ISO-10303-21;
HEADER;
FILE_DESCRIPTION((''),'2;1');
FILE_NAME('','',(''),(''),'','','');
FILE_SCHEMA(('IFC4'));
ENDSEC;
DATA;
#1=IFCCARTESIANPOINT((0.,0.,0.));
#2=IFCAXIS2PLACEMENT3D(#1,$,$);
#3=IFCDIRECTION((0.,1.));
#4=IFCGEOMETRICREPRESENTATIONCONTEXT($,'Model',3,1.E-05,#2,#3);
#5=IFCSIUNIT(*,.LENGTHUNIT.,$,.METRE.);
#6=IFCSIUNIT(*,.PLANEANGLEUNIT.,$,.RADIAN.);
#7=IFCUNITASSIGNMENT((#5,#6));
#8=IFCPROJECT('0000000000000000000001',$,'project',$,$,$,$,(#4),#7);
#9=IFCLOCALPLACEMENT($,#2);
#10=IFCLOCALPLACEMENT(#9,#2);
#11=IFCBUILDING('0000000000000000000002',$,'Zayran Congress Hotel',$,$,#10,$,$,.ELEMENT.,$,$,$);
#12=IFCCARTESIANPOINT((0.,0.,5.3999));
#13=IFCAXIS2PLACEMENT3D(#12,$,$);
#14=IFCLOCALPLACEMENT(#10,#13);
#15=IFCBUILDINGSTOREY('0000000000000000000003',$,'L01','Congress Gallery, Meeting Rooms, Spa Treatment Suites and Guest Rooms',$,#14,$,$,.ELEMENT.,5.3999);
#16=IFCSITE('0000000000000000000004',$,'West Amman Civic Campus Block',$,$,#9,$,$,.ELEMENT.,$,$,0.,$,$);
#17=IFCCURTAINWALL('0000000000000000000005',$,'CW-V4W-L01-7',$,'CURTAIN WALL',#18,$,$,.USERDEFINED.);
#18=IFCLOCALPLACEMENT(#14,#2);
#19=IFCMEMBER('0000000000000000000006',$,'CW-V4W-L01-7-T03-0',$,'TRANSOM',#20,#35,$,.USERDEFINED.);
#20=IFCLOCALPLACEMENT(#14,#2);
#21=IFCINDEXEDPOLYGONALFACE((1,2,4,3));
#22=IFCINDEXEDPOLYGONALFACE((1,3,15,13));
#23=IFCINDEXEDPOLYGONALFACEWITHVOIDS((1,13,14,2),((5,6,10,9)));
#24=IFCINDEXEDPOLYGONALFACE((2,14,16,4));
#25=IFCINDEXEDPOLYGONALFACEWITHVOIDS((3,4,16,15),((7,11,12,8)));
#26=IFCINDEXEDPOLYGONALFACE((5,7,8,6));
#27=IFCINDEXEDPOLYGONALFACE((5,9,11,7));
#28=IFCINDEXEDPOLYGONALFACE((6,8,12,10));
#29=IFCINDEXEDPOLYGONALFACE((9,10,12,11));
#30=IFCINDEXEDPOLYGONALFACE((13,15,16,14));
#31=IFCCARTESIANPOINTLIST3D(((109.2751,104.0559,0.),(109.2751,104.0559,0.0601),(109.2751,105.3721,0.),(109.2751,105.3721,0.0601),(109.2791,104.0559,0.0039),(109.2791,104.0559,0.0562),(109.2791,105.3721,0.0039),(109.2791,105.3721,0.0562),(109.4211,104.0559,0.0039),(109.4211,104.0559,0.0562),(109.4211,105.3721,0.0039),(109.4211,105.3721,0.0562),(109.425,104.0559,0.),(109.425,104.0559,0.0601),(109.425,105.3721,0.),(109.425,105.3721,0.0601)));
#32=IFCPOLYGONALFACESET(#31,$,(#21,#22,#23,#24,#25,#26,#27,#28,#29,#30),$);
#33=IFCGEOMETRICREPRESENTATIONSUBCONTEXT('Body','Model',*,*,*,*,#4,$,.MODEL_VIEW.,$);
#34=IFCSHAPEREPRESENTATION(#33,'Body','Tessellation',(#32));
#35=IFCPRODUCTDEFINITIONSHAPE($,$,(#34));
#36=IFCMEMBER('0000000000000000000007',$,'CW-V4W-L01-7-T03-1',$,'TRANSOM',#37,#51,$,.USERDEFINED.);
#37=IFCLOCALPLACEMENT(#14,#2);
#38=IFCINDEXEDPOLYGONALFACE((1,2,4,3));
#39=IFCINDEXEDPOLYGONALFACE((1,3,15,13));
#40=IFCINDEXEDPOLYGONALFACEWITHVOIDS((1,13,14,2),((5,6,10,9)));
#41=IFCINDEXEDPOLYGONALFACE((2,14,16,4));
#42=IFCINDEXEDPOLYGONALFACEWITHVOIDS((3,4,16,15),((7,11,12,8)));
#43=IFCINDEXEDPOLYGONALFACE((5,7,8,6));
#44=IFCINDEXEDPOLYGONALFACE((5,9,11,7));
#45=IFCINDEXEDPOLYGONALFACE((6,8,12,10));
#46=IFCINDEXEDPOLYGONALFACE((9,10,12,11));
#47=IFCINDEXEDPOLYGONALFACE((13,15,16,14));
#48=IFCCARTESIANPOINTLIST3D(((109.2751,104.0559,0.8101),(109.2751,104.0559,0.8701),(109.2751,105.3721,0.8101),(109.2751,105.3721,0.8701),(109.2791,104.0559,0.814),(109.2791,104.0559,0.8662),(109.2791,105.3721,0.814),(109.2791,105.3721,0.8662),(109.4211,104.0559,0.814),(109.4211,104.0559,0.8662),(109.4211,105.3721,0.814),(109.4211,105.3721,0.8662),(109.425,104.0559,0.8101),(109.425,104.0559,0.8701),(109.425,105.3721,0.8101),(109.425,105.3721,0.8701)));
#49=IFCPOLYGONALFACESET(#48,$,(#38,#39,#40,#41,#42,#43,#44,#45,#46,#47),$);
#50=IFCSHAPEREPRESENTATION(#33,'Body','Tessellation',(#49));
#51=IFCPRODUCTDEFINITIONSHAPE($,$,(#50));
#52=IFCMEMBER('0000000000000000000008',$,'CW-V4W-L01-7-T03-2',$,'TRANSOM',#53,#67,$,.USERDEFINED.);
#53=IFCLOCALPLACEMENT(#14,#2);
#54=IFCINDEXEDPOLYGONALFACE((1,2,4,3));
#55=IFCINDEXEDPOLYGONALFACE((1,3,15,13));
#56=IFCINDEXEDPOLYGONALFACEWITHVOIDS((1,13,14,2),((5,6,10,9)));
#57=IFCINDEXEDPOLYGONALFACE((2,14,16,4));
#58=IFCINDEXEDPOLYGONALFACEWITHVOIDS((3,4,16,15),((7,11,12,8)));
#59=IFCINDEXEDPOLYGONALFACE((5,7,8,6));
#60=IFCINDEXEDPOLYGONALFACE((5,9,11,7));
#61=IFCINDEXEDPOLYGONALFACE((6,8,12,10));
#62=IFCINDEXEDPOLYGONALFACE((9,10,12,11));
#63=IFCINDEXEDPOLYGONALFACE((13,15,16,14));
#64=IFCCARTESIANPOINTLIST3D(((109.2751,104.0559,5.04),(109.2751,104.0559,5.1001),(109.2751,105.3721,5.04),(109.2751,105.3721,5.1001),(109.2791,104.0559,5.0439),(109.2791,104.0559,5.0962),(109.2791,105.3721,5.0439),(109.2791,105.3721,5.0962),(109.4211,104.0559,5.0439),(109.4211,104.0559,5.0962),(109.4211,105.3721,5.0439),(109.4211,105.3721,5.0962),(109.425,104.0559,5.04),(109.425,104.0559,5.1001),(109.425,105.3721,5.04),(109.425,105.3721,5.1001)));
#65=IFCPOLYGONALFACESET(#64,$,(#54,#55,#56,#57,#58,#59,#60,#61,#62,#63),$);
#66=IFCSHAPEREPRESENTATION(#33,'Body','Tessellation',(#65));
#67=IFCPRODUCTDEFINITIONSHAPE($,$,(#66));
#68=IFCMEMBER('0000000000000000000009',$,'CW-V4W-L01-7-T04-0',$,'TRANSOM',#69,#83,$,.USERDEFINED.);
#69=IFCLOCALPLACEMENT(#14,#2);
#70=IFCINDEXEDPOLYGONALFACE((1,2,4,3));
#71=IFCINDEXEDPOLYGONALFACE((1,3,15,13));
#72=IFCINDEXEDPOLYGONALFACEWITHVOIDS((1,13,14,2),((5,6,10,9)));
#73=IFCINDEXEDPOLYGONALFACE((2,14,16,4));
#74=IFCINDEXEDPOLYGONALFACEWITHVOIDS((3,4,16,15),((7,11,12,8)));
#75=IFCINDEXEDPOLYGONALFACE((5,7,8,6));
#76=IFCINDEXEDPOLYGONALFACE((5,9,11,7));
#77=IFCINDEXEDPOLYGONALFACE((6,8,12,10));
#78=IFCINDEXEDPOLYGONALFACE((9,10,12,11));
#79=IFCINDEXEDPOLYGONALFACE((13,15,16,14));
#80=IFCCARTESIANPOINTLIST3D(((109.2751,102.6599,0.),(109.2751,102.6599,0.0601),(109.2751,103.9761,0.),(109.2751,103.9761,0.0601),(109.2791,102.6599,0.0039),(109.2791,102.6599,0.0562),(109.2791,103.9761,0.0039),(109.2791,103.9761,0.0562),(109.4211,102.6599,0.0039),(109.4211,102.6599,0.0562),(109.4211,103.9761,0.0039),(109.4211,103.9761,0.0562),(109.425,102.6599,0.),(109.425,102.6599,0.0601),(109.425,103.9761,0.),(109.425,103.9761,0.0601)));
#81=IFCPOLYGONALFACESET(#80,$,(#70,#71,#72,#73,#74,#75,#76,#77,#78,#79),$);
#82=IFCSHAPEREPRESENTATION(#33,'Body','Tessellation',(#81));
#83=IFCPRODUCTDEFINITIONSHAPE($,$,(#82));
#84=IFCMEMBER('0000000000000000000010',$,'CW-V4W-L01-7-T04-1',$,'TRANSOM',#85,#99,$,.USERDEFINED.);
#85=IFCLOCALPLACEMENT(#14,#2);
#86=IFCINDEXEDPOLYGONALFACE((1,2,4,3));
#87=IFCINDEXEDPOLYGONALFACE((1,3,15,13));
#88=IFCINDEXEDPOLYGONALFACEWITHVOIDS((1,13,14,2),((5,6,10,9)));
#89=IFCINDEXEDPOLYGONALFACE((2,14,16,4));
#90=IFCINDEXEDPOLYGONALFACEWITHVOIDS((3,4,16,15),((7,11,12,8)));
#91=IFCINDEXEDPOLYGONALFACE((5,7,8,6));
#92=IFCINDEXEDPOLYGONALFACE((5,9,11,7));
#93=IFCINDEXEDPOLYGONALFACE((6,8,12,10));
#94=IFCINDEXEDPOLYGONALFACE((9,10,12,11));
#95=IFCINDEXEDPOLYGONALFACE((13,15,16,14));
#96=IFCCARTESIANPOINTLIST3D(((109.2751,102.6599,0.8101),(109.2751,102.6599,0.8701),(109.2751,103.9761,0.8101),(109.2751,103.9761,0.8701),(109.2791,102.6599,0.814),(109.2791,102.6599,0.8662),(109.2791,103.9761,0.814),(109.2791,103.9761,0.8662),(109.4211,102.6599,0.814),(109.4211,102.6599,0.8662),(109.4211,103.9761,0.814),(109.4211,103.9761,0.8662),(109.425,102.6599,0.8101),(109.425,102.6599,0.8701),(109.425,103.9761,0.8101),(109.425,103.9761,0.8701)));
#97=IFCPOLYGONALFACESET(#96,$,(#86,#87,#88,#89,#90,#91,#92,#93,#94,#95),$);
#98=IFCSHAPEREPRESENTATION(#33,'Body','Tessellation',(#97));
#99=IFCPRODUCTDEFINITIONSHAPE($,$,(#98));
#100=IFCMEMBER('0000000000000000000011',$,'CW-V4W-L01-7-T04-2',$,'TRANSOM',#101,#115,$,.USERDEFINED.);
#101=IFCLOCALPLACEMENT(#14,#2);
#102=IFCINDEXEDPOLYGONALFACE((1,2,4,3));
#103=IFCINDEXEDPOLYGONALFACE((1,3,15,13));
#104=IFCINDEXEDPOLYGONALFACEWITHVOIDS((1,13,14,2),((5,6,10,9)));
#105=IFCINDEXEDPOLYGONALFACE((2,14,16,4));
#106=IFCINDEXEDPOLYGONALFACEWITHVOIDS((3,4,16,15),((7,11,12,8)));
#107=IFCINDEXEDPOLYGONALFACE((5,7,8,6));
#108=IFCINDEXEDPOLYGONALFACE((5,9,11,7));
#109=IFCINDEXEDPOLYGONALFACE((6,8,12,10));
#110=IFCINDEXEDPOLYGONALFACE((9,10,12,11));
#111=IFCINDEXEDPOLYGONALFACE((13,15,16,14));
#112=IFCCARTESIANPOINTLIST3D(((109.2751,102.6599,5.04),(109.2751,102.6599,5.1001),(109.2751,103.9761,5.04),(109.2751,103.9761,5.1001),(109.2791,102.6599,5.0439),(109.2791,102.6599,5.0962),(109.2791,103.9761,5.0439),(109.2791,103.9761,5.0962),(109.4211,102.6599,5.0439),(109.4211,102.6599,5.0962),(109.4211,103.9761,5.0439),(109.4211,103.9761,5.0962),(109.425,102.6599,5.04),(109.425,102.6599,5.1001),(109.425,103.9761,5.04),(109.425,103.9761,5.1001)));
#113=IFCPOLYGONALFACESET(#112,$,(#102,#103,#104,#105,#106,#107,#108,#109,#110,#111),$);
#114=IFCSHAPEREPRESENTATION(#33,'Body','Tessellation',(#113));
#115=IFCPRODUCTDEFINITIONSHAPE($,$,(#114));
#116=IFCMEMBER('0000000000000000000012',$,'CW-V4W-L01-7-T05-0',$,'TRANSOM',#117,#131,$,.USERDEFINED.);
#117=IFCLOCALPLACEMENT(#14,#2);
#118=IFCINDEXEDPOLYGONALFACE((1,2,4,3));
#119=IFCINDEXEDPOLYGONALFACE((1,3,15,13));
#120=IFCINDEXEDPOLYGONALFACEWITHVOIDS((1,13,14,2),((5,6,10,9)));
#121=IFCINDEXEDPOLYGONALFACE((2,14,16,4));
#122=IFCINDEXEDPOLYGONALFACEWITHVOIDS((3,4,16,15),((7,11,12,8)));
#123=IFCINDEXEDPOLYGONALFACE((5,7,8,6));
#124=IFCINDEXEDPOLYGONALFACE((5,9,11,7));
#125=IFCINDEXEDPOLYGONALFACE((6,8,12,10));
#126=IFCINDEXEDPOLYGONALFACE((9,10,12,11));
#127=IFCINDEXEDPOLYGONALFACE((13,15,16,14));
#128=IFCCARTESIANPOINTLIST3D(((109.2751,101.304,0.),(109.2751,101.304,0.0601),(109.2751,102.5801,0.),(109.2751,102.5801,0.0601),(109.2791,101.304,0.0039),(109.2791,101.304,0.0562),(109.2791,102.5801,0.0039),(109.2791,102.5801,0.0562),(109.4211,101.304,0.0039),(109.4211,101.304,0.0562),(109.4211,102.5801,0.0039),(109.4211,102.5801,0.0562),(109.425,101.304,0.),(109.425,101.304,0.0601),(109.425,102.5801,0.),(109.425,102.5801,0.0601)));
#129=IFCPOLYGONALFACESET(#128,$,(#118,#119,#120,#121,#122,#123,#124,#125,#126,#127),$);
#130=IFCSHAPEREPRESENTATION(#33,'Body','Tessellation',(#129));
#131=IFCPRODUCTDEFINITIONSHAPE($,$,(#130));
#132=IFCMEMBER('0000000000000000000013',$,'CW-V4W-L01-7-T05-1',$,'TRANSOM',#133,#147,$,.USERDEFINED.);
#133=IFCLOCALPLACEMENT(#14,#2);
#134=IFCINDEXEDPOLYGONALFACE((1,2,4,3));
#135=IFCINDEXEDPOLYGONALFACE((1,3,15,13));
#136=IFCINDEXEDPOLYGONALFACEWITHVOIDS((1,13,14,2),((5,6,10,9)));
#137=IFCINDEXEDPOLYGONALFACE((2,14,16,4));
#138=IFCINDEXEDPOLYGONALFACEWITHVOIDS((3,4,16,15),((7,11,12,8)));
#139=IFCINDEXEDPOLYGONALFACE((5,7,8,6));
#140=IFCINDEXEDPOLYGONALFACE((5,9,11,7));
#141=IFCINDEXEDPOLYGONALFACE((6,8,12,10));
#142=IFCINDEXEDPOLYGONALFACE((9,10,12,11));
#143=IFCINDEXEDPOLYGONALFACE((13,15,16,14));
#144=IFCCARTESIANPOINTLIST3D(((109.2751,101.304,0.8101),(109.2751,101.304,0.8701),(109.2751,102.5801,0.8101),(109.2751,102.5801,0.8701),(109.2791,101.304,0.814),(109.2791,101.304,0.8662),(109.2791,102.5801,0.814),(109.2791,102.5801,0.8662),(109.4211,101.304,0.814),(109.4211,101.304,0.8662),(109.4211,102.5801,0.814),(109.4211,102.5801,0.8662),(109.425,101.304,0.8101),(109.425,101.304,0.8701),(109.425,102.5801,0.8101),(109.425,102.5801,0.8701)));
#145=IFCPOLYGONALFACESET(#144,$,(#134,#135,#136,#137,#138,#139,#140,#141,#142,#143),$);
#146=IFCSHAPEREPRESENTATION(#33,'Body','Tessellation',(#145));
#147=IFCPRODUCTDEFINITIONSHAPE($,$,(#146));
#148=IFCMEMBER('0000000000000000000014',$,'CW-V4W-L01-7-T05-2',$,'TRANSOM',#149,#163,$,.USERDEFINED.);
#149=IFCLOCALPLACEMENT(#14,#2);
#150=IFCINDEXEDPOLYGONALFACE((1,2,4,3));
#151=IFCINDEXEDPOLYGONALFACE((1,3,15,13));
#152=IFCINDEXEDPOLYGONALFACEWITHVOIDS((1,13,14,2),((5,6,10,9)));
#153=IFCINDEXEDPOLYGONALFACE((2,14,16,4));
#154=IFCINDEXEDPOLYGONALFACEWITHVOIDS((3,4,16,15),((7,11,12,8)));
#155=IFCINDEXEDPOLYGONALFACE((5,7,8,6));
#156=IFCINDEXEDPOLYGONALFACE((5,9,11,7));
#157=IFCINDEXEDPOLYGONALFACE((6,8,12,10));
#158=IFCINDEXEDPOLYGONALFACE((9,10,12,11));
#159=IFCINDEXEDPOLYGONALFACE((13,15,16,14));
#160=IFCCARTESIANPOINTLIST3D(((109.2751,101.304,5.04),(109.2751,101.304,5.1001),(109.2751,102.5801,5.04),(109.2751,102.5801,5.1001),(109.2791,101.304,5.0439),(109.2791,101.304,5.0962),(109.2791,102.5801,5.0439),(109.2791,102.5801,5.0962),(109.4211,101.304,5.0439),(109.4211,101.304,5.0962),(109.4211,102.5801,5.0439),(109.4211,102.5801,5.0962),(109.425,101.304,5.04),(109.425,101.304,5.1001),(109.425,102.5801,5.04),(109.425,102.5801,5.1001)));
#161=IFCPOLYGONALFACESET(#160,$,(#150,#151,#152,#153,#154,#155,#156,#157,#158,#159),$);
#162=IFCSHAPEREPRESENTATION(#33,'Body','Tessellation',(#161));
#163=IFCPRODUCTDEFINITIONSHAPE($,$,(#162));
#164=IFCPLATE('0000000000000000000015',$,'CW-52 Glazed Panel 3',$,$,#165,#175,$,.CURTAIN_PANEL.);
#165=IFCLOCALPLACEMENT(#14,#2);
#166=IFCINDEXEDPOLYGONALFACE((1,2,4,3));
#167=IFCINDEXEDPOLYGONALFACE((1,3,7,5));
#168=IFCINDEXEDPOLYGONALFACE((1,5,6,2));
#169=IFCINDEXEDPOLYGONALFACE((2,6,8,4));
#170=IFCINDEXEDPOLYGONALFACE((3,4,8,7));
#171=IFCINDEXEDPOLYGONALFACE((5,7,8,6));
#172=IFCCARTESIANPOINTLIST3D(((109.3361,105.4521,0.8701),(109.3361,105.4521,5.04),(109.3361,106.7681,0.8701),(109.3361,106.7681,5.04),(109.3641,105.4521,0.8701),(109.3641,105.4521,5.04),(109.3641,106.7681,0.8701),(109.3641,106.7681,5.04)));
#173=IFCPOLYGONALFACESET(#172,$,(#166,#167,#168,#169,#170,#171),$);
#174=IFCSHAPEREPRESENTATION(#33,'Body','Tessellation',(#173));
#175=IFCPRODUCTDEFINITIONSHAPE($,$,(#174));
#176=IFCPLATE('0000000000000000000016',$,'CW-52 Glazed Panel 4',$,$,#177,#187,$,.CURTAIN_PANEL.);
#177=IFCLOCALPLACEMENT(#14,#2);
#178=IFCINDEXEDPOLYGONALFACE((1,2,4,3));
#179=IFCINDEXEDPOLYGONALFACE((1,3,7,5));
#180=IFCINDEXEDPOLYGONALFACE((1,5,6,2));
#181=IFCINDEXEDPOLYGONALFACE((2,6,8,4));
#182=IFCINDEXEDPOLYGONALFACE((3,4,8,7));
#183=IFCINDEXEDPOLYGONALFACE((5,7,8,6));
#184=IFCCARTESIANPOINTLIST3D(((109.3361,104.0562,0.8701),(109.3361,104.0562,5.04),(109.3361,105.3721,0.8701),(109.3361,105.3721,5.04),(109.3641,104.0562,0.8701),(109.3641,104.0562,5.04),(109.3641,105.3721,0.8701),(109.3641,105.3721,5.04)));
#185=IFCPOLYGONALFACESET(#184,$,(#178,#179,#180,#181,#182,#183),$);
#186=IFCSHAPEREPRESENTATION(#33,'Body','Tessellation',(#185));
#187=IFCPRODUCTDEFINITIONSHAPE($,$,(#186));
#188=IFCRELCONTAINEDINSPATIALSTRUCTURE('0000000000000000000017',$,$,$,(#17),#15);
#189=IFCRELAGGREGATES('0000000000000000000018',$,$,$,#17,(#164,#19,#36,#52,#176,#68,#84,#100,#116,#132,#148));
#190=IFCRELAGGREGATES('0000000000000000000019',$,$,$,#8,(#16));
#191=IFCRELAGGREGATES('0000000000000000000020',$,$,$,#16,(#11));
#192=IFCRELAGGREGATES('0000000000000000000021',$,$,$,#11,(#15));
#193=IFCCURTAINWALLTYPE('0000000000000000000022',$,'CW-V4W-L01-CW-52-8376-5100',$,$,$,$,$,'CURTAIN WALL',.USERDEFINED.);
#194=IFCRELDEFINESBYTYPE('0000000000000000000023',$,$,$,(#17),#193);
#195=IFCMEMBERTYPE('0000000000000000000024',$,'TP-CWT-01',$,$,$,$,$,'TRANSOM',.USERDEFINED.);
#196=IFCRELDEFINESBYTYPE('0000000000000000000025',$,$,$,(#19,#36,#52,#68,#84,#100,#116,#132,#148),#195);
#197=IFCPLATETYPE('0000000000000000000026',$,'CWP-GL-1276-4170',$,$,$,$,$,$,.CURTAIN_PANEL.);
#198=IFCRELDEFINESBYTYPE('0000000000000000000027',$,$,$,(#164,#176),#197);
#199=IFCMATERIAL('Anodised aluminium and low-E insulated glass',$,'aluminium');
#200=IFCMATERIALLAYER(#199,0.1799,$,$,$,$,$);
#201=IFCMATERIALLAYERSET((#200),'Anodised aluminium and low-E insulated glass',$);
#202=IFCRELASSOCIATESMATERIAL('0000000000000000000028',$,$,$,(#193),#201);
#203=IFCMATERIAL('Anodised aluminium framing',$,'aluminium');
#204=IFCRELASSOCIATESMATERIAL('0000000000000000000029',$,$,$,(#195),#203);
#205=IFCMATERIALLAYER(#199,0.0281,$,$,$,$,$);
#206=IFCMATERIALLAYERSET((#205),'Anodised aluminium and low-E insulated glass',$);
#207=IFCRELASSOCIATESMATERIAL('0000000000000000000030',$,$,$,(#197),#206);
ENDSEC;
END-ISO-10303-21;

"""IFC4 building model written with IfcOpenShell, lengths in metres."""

from ifc_helpers import new_model, si_unit, direction, frame, origin, origin_2d, place, context, subcontext, project, spatial, rectangle, hollow_rectangle, extrude, material, layer, layer_set, material_profile, profile_set, type_object, element, aggregate, save


model = new_model("IFC4")

# Units and contexts
model_context = context("Model", 3, precision=1e-05, world=origin(), true_north=direction((0.0, 1.0)))
body_context = subcontext(model_context, "Body", "Model", "MODEL_VIEW")
ifc_project = project(units=[si_unit("LENGTHUNIT", "METRE"), si_unit("PLANEANGLEUNIT", "RADIAN")], contexts=[model_context])

# Site, building, storey
site_placement = place(None, origin())
site = spatial("IfcSite", under=ifc_project, at=site_placement, Name="West Amman Civic Campus Block", CompositionType="ELEMENT", RefElevation=0.0)
building_placement = place(site_placement, origin())
building = spatial("IfcBuilding", under=site, at=building_placement, Name="Zayran Congress Hotel", CompositionType="ELEMENT")
storey_placement = place(building_placement, frame((0.0, 0.0, 5.3999)))
storey = spatial("IfcBuildingStorey", under=building, at=storey_placement, Name="L01", Description="Congress Gallery, Meeting Rooms, Spa Treatment Suites and Guest Rooms", CompositionType="ELEMENT", Elevation=5.3999)

# Curtain wall
ifc_material_1 = material(Name="Anodised aluminium and low-E insulated glass", Category="aluminium")
ifc_material_2 = material(Name="Anodised aluminium framing", Category="aluminium")
ifc_layer_1 = layer(ifc_material_1, 0.1799)
ifc_layer_set_1 = layer_set([ifc_layer_1], Name="Anodised aluminium and low-E insulated glass")
curtain_wall_type_1 = type_object("IfcCurtainWallType", Name="CW-V4W-L01-CW-52-8376-5100", ElementType="CURTAIN WALL", PredefinedType="USERDEFINED", material=ifc_layer_set_1)
curtain_wall_1_placement = place(storey_placement, origin())
curtain_wall_1 = element("IfcCurtainWall", 1, at=curtain_wall_1_placement, inside=storey, type_object=curtain_wall_type_1, Name="CW-V4W-L01-7", ObjectType="CURTAIN WALL", PredefinedType="USERDEFINED")

# Members
ifc_material_profile_1 = material_profile(ifc_material_2, hollow_rectangle(XDim=0.0601, YDim=0.1499, WallThickness=0.0039, at=origin_2d()), Name="RHS 150x60x4")
ifc_profile_set_1 = profile_set([ifc_material_profile_1], Name="Anodised aluminium framing")
member_type_1 = type_object("IfcMemberType", Name="TP-CWT-01", ElementType="TRANSOM", PredefinedType="USERDEFINED", material=ifc_profile_set_1)
member_1_placement = place(storey_placement, frame((109.3501, 105.3721, 0.03), z_axis=(0.0, -1.0, 0.0), x_axis=(0.0, 0.0, 1.0)))
member_1 = element("IfcMember", 2, at=member_1_placement, type_object=member_type_1, Name="CW-V4W-L01-7-T03-0", ObjectType="TRANSOM", PredefinedType="USERDEFINED", context=body_context, shape_type="SweptSolid", body=[
    extrude(hollow_rectangle(XDim=0.0601, YDim=0.1499, WallThickness=0.0039, at=origin_2d()), origin(), (0.0, 0.0, 1.0), 1.3162),
])
member_2_placement = place(storey_placement, frame((109.3501, 105.3721, 0.8401), z_axis=(0.0, -1.0, 0.0), x_axis=(0.0, 0.0, 1.0)))
member_2 = element("IfcMember", 3, at=member_2_placement, type_object=member_type_1, Name="CW-V4W-L01-7-T03-1", ObjectType="TRANSOM", PredefinedType="USERDEFINED", context=body_context, shape_type="SweptSolid", body=[
    extrude(hollow_rectangle(XDim=0.0601, YDim=0.1499, WallThickness=0.0039, at=origin_2d()), origin(), (0.0, 0.0, 1.0), 1.3162),
])
member_3_placement = place(storey_placement, frame((109.3501, 105.3721, 5.0701), z_axis=(0.0, -1.0, 0.0), x_axis=(0.0, 0.0, 1.0)))
member_3 = element("IfcMember", 4, at=member_3_placement, type_object=member_type_1, Name="CW-V4W-L01-7-T03-2", ObjectType="TRANSOM", PredefinedType="USERDEFINED", context=body_context, shape_type="SweptSolid", body=[
    extrude(hollow_rectangle(XDim=0.0601, YDim=0.1499, WallThickness=0.0039, at=origin_2d()), origin(), (0.0, 0.0, 1.0), 1.3162),
])
member_4_placement = place(storey_placement, frame((109.3501, 103.9761, 0.03), z_axis=(0.0, -1.0, 0.0), x_axis=(0.0, 0.0, 1.0)))
member_4 = element("IfcMember", 5, at=member_4_placement, type_object=member_type_1, Name="CW-V4W-L01-7-T04-0", ObjectType="TRANSOM", PredefinedType="USERDEFINED", context=body_context, shape_type="SweptSolid", body=[
    extrude(hollow_rectangle(XDim=0.0601, YDim=0.1499, WallThickness=0.0039, at=origin_2d()), origin(), (0.0, 0.0, 1.0), 1.3162),
])
member_5_placement = place(storey_placement, frame((109.3501, 103.9761, 0.8401), z_axis=(0.0, -1.0, 0.0), x_axis=(0.0, 0.0, 1.0)))
member_5 = element("IfcMember", 6, at=member_5_placement, type_object=member_type_1, Name="CW-V4W-L01-7-T04-1", ObjectType="TRANSOM", PredefinedType="USERDEFINED", context=body_context, shape_type="SweptSolid", body=[
    extrude(hollow_rectangle(XDim=0.0601, YDim=0.1499, WallThickness=0.0039, at=origin_2d()), origin(), (0.0, 0.0, 1.0), 1.3162),
])
member_6_placement = place(storey_placement, frame((109.3501, 103.9761, 5.0701), z_axis=(0.0, -1.0, 0.0), x_axis=(0.0, 0.0, 1.0)))
member_6 = element("IfcMember", 7, at=member_6_placement, type_object=member_type_1, Name="CW-V4W-L01-7-T04-2", ObjectType="TRANSOM", PredefinedType="USERDEFINED", context=body_context, shape_type="SweptSolid", body=[
    extrude(hollow_rectangle(XDim=0.0601, YDim=0.1499, WallThickness=0.0039, at=origin_2d()), origin(), (0.0, 0.0, 1.0), 1.3162),
])
member_7_placement = place(storey_placement, frame((109.3501, 102.5801, 0.03), z_axis=(0.0, -1.0, 0.0), x_axis=(0.0, 0.0, 1.0)))
member_7 = element("IfcMember", 8, at=member_7_placement, type_object=member_type_1, Name="CW-V4W-L01-7-T05-0", ObjectType="TRANSOM", PredefinedType="USERDEFINED", context=body_context, shape_type="SweptSolid", body=[
    extrude(hollow_rectangle(XDim=0.0601, YDim=0.1499, WallThickness=0.0039, at=origin_2d()), origin(), (0.0, 0.0, 1.0), 1.2761),
])
member_8_placement = place(storey_placement, frame((109.3501, 102.5801, 0.8401), z_axis=(0.0, -1.0, 0.0), x_axis=(0.0, 0.0, 1.0)))
member_8 = element("IfcMember", 9, at=member_8_placement, type_object=member_type_1, Name="CW-V4W-L01-7-T05-1", ObjectType="TRANSOM", PredefinedType="USERDEFINED", context=body_context, shape_type="SweptSolid", body=[
    extrude(hollow_rectangle(XDim=0.0601, YDim=0.1499, WallThickness=0.0039, at=origin_2d()), origin(), (0.0, 0.0, 1.0), 1.2761),
])
member_9_placement = place(storey_placement, frame((109.3501, 102.5801, 5.0701), z_axis=(0.0, -1.0, 0.0), x_axis=(0.0, 0.0, 1.0)))
member_9 = element("IfcMember", 10, at=member_9_placement, type_object=member_type_1, Name="CW-V4W-L01-7-T05-2", ObjectType="TRANSOM", PredefinedType="USERDEFINED", context=body_context, shape_type="SweptSolid", body=[
    extrude(hollow_rectangle(XDim=0.0601, YDim=0.1499, WallThickness=0.0039, at=origin_2d()), origin(), (0.0, 0.0, 1.0), 1.2761),
])

# Plates
ifc_layer_2 = layer(ifc_material_1, 0.0281)
ifc_layer_set_2 = layer_set([ifc_layer_2], Name="Anodised aluminium and low-E insulated glass")
plate_type_1 = type_object("IfcPlateType", Name="CWP-GL-1276-4170", PredefinedType="CURTAIN_PANEL", material=ifc_layer_set_2)
plate_1_placement = place(storey_placement, frame((109.3501, 106.1101, 0.8701), z_axis=(0.0, 0.0, 1.0), x_axis=(0.0, 1.0, 0.0)))
plate_1 = element("IfcPlate", 11, at=plate_1_placement, type_object=plate_type_1, Name="CW-52 Glazed Panel 3", PredefinedType="CURTAIN_PANEL", context=body_context, shape_type="SweptSolid", body=[
    extrude(rectangle(XDim=1.3159, YDim=0.0281, at=origin_2d()), origin(), (0.0, 0.0, 1.0), 4.1699),
])
plate_2_placement = place(storey_placement, frame((109.3501, 104.7141, 0.8701), z_axis=(0.0, 0.0, 1.0), x_axis=(0.0, 1.0, 0.0)))
plate_2 = element("IfcPlate", 12, at=plate_2_placement, type_object=plate_type_1, Name="CW-52 Glazed Panel 4", PredefinedType="CURTAIN_PANEL", context=body_context, shape_type="SweptSolid", body=[
    extrude(rectangle(XDim=1.3159, YDim=0.0281, at=origin_2d()), origin(), (0.0, 0.0, 1.0), 4.1699),
])
aggregate(curtain_wall_1, [plate_1, member_1, member_2, member_3, plate_2, member_4, member_5, member_6, member_7, member_8, member_9])

save(model, "model.ifc")
